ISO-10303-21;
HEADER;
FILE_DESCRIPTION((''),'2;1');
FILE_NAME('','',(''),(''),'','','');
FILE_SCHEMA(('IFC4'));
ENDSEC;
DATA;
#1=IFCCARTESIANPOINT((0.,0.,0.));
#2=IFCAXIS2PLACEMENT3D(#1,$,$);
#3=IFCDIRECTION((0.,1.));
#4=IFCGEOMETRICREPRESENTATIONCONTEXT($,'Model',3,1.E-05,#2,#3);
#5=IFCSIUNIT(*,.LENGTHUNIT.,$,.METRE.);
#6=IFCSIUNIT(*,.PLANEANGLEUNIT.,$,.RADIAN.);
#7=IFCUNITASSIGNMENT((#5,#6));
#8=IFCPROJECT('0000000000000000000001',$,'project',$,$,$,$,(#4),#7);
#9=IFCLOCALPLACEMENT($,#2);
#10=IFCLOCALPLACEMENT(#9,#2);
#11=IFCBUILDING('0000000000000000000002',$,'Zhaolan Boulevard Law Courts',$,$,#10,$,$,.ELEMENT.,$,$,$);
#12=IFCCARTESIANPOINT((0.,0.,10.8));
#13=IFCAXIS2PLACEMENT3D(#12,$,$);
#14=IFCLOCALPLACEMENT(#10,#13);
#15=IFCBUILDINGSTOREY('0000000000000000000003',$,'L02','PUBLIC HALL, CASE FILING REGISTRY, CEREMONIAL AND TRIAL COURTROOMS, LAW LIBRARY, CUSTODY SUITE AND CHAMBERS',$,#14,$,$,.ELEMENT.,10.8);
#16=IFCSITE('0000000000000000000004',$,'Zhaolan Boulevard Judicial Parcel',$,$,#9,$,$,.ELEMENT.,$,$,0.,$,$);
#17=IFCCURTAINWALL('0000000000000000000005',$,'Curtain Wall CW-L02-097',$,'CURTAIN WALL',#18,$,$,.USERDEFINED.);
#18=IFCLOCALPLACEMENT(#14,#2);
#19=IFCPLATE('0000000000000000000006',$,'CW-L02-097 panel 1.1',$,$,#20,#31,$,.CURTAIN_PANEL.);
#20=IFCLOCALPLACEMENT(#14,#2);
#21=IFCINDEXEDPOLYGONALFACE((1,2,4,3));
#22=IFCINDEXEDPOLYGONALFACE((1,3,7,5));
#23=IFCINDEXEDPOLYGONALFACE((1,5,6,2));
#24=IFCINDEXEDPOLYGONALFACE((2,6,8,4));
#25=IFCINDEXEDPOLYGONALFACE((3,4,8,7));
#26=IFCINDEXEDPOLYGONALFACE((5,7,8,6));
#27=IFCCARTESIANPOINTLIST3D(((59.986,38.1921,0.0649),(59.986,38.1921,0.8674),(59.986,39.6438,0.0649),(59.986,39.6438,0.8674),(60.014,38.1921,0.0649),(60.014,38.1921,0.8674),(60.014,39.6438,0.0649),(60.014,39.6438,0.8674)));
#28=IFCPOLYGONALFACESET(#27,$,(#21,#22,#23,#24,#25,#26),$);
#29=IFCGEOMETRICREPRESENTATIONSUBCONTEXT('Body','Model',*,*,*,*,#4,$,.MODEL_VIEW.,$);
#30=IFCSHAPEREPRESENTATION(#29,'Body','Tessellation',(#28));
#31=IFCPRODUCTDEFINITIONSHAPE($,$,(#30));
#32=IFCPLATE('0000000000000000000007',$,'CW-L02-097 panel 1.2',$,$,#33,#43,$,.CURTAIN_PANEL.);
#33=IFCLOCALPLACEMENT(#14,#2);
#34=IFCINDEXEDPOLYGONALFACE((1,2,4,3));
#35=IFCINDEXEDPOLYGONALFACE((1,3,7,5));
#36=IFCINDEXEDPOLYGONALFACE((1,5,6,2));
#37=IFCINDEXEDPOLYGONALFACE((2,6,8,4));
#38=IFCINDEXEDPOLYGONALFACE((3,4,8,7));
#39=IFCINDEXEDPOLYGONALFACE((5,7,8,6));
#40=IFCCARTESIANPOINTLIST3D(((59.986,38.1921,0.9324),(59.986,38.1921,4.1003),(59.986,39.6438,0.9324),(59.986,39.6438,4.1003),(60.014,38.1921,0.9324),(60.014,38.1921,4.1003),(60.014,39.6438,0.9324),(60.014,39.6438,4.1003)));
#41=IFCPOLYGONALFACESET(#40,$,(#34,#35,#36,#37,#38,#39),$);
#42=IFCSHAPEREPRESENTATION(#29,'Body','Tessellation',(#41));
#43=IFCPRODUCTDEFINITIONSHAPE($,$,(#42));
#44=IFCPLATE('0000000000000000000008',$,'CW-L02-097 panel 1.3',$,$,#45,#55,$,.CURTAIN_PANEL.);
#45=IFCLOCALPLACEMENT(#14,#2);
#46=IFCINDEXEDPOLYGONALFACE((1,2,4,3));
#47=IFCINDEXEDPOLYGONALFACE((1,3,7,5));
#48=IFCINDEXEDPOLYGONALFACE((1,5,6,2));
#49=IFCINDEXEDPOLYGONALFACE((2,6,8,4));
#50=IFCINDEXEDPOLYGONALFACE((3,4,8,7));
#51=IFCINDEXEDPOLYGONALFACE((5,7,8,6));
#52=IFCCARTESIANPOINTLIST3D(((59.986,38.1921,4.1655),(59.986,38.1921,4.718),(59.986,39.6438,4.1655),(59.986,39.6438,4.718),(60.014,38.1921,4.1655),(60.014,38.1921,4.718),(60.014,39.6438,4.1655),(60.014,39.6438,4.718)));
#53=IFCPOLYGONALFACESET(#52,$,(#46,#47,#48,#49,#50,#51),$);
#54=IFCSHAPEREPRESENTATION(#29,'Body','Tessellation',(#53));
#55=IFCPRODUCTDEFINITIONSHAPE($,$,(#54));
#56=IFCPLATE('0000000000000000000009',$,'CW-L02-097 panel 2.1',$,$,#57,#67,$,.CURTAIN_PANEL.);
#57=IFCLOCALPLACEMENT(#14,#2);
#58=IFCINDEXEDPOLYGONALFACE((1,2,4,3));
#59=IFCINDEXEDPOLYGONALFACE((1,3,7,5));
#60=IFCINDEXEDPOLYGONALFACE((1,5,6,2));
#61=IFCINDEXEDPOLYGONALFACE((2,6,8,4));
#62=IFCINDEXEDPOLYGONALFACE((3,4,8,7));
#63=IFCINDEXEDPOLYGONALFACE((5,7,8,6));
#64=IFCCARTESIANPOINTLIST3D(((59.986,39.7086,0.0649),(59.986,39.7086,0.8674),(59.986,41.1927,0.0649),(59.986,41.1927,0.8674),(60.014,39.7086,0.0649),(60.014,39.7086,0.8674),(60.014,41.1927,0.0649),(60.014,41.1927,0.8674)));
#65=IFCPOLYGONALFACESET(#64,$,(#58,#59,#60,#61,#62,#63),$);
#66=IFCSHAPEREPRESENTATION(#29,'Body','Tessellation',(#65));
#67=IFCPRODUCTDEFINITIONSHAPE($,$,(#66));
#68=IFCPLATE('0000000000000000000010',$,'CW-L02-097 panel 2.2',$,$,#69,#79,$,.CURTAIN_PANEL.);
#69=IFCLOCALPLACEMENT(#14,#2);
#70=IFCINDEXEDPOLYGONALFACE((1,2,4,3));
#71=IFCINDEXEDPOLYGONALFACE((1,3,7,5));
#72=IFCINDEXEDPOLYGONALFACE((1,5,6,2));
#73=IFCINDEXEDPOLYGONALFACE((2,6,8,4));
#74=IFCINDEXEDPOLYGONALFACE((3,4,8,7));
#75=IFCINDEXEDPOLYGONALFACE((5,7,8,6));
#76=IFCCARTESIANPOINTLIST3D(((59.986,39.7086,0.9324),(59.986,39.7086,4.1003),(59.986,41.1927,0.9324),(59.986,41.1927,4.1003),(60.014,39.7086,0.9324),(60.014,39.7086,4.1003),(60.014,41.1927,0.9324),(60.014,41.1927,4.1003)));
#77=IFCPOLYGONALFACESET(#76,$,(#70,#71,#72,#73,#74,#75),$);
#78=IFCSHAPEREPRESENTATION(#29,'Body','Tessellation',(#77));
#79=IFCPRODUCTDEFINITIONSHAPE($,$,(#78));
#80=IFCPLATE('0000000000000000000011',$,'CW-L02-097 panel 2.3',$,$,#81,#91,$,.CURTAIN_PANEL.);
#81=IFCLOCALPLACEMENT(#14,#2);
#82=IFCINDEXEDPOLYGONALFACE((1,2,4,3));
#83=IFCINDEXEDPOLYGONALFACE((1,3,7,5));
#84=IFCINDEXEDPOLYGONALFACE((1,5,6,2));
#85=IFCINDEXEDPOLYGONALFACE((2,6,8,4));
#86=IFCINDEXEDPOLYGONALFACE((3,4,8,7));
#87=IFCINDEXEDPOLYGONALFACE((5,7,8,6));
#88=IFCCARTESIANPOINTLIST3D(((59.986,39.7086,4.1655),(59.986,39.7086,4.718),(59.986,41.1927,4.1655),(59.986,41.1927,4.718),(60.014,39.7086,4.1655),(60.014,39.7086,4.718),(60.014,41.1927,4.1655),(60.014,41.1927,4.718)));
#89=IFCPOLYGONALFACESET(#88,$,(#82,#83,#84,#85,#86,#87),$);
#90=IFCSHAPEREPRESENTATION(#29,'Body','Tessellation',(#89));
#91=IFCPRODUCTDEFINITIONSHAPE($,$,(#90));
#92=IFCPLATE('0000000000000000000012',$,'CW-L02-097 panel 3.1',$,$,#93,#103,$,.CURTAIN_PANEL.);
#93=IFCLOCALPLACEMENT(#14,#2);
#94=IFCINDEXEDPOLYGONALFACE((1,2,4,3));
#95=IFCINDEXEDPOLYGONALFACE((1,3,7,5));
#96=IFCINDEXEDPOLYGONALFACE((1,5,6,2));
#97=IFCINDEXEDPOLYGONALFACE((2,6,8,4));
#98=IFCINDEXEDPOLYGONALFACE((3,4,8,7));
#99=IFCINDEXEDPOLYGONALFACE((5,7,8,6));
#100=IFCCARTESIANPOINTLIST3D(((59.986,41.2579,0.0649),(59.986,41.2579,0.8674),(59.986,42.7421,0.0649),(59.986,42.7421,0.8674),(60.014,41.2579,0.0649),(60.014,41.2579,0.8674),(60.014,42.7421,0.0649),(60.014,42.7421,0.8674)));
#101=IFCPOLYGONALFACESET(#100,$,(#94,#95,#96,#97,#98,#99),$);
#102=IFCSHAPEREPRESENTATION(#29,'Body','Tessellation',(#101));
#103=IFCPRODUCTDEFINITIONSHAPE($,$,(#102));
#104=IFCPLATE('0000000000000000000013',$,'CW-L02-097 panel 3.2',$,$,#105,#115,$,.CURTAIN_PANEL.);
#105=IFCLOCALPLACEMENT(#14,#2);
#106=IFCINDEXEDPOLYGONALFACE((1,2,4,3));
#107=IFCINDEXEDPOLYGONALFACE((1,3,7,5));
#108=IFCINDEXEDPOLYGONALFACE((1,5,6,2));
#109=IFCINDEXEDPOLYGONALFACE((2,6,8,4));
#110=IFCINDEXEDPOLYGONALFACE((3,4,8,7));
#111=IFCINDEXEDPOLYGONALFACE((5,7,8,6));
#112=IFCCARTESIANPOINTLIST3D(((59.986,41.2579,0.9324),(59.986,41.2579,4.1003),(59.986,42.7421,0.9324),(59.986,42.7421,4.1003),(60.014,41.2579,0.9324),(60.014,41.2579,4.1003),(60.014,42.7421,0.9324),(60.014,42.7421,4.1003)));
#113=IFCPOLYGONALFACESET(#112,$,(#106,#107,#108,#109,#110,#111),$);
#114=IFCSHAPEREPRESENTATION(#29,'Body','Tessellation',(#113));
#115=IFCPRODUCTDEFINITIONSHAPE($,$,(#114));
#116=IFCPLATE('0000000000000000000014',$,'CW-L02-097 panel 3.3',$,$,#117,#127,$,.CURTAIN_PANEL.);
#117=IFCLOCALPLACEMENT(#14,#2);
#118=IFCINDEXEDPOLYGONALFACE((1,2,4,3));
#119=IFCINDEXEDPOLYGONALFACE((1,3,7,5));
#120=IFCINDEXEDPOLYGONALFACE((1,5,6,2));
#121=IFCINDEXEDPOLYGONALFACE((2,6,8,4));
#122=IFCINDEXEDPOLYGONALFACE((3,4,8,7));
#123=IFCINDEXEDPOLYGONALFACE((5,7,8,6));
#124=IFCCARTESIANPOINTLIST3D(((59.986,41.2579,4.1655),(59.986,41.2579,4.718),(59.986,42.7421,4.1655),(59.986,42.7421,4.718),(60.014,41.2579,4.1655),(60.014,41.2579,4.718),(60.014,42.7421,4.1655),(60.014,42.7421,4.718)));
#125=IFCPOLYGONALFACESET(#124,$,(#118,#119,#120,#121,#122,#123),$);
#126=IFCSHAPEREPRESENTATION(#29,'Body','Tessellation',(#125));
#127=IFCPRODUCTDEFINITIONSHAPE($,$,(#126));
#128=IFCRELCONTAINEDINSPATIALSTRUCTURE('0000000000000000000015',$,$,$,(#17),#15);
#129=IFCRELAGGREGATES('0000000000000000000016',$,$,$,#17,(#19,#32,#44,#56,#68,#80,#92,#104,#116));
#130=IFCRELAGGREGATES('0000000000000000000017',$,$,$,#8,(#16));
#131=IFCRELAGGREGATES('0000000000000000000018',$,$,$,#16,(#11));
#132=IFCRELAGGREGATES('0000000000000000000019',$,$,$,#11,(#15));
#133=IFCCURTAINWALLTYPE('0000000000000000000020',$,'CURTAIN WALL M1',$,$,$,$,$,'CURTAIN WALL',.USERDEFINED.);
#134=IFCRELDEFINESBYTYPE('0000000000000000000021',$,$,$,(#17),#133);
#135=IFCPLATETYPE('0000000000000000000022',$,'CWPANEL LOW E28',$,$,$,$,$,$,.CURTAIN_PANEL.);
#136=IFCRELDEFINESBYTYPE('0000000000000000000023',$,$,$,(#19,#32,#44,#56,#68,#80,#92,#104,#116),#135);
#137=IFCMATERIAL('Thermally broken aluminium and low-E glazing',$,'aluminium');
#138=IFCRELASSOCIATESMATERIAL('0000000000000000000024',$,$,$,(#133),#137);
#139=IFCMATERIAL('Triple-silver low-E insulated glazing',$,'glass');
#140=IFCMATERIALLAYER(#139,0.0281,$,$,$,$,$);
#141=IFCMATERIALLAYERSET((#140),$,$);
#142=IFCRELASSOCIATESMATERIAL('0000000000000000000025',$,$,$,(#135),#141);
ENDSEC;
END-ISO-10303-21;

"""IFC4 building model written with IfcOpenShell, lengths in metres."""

from ifc_helpers import new_model, si_unit, direction, frame, origin, origin_2d, place, context, subcontext, project, spatial, rectangle, extrude, material, layer, layer_set, type_object, element, aggregate, save


model = new_model("IFC4")

# Units and contexts
model_context = context("Model", 3, precision=1e-05, world=origin(), true_north=direction((0.0, 1.0)))
body_context = subcontext(model_context, "Body", "Model", "MODEL_VIEW")
ifc_project = project(units=[si_unit("LENGTHUNIT", "METRE"), si_unit("PLANEANGLEUNIT", "RADIAN")], contexts=[model_context])

# Site, building, storey
site_placement = place(None, origin())
site = spatial("IfcSite", under=ifc_project, at=site_placement, Name="Zhaolan Boulevard Judicial Parcel", CompositionType="ELEMENT", RefElevation=0.0)
building_placement = place(site_placement, origin())
building = spatial("IfcBuilding", under=site, at=building_placement, Name="Zhaolan Boulevard Law Courts", CompositionType="ELEMENT")
storey_placement = place(building_placement, frame((0.0, 0.0, 10.8)))
storey = spatial("IfcBuildingStorey", under=building, at=storey_placement, Name="L02", Description="PUBLIC HALL, CASE FILING REGISTRY, CEREMONIAL AND TRIAL COURTROOMS, LAW LIBRARY, CUSTODY SUITE AND CHAMBERS", CompositionType="ELEMENT", Elevation=10.8)

# Curtain wall, plates
ifc_material_1 = material(Name="Thermally broken aluminium and low-E glazing", Category="aluminium")
curtain_wall_type = type_object("IfcCurtainWallType", Name="CURTAIN WALL M1", ElementType="CURTAIN WALL", PredefinedType="USERDEFINED", material=ifc_material_1)
curtain_wall_placement = place(storey_placement, origin())
curtain_wall = element("IfcCurtainWall", 1, at=curtain_wall_placement, inside=storey, type_object=curtain_wall_type, Name="Curtain Wall CW-L02-097", ObjectType="CURTAIN WALL", PredefinedType="USERDEFINED")
ifc_material_2 = material(Name="Triple-silver low-E insulated glazing", Category="glass")
ifc_layer = layer(ifc_material_2, 0.0281)
ifc_layer_set = layer_set([ifc_layer])
plate_type = type_object("IfcPlateType", Name="CWPANEL LOW E28", PredefinedType="CURTAIN_PANEL", material=ifc_layer_set)
plate_1_placement = place(storey_placement, frame((60.0, 38.918, 0.0649), z_axis=(0.0, 0.0, 1.0), x_axis=(0.0, 1.0, 0.0)))
plate_1 = element("IfcPlate", 2, at=plate_1_placement, type_object=plate_type, Name="CW-L02-097 panel 1.1", PredefinedType="CURTAIN_PANEL", context=body_context, shape_type="SweptSolid", body=[
    extrude(rectangle(XDim=1.4517, YDim=0.0281, at=origin_2d()), origin(), (0.0, 0.0, 1.0), 0.8025),
])
plate_2_placement = place(storey_placement, frame((60.0, 38.918, 0.9324), z_axis=(0.0, 0.0, 1.0), x_axis=(0.0, 1.0, 0.0)))
plate_2 = element("IfcPlate", 3, at=plate_2_placement, type_object=plate_type, Name="CW-L02-097 panel 1.2", PredefinedType="CURTAIN_PANEL", context=body_context, shape_type="SweptSolid", body=[
    extrude(rectangle(XDim=1.4517, YDim=0.0281, at=origin_2d()), origin(), (0.0, 0.0, 1.0), 3.168),
])
plate_3_placement = place(storey_placement, frame((60.0, 38.918, 4.1655), z_axis=(0.0, 0.0, 1.0), x_axis=(0.0, 1.0, 0.0)))
plate_3 = element("IfcPlate", 4, at=plate_3_placement, type_object=plate_type, Name="CW-L02-097 panel 1.3", PredefinedType="CURTAIN_PANEL", context=body_context, shape_type="SweptSolid", body=[
    extrude(rectangle(XDim=1.4517, YDim=0.0281, at=origin_2d()), origin(), (0.0, 0.0, 1.0), 0.5525),
])
plate_4_placement = place(storey_placement, frame((60.0, 40.4507, 0.0649), z_axis=(0.0, 0.0, 1.0), x_axis=(0.0, 1.0, 0.0)))
plate_4 = element("IfcPlate", 5, at=plate_4_placement, type_object=plate_type, Name="CW-L02-097 panel 2.1", PredefinedType="CURTAIN_PANEL", context=body_context, shape_type="SweptSolid", body=[
    extrude(rectangle(XDim=1.4841, YDim=0.0281, at=origin_2d()), origin(), (0.0, 0.0, 1.0), 0.8025),
])
plate_5_placement = place(storey_placement, frame((60.0, 40.4507, 0.9324), z_axis=(0.0, 0.0, 1.0), x_axis=(0.0, 1.0, 0.0)))
plate_5 = element("IfcPlate", 6, at=plate_5_placement, type_object=plate_type, Name="CW-L02-097 panel 2.2", PredefinedType="CURTAIN_PANEL", context=body_context, shape_type="SweptSolid", body=[
    extrude(rectangle(XDim=1.4841, YDim=0.0281, at=origin_2d()), origin(), (0.0, 0.0, 1.0), 3.168),
])
plate_6_placement = place(storey_placement, frame((60.0, 40.4507, 4.1655), z_axis=(0.0, 0.0, 1.0), x_axis=(0.0, 1.0, 0.0)))
plate_6 = element("IfcPlate", 7, at=plate_6_placement, type_object=plate_type, Name="CW-L02-097 panel 2.3", PredefinedType="CURTAIN_PANEL", context=body_context, shape_type="SweptSolid", body=[
    extrude(rectangle(XDim=1.4841, YDim=0.0281, at=origin_2d()), origin(), (0.0, 0.0, 1.0), 0.5525),
])
plate_7_placement = place(storey_placement, frame((60.0, 42.0, 0.0649), z_axis=(0.0, 0.0, 1.0), x_axis=(0.0, 1.0, 0.0)))
plate_7 = element("IfcPlate", 8, at=plate_7_placement, type_object=plate_type, Name="CW-L02-097 panel 3.1", PredefinedType="CURTAIN_PANEL", context=body_context, shape_type="SweptSolid", body=[
    extrude(rectangle(XDim=1.4841, YDim=0.0281, at=origin_2d()), origin(), (0.0, 0.0, 1.0), 0.8025),
])
plate_8_placement = place(storey_placement, frame((60.0, 42.0, 0.9324), z_axis=(0.0, 0.0, 1.0), x_axis=(0.0, 1.0, 0.0)))
plate_8 = element("IfcPlate", 9, at=plate_8_placement, type_object=plate_type, Name="CW-L02-097 panel 3.2", PredefinedType="CURTAIN_PANEL", context=body_context, shape_type="SweptSolid", body=[
    extrude(rectangle(XDim=1.4841, YDim=0.0281, at=origin_2d()), origin(), (0.0, 0.0, 1.0), 3.168),
])
plate_9_placement = place(storey_placement, frame((60.0, 42.0, 4.1655), z_axis=(0.0, 0.0, 1.0), x_axis=(0.0, 1.0, 0.0)))
plate_9 = element("IfcPlate", 10, at=plate_9_placement, type_object=plate_type, Name="CW-L02-097 panel 3.3", PredefinedType="CURTAIN_PANEL", context=body_context, shape_type="SweptSolid", body=[
    extrude(rectangle(XDim=1.4841, YDim=0.0281, at=origin_2d()), origin(), (0.0, 0.0, 1.0), 0.5525),
])
aggregate(curtain_wall, [plate_1, plate_2, plate_3, plate_4, plate_5, plate_6, plate_7, plate_8, plate_9])

save(model, "model.ifc")
